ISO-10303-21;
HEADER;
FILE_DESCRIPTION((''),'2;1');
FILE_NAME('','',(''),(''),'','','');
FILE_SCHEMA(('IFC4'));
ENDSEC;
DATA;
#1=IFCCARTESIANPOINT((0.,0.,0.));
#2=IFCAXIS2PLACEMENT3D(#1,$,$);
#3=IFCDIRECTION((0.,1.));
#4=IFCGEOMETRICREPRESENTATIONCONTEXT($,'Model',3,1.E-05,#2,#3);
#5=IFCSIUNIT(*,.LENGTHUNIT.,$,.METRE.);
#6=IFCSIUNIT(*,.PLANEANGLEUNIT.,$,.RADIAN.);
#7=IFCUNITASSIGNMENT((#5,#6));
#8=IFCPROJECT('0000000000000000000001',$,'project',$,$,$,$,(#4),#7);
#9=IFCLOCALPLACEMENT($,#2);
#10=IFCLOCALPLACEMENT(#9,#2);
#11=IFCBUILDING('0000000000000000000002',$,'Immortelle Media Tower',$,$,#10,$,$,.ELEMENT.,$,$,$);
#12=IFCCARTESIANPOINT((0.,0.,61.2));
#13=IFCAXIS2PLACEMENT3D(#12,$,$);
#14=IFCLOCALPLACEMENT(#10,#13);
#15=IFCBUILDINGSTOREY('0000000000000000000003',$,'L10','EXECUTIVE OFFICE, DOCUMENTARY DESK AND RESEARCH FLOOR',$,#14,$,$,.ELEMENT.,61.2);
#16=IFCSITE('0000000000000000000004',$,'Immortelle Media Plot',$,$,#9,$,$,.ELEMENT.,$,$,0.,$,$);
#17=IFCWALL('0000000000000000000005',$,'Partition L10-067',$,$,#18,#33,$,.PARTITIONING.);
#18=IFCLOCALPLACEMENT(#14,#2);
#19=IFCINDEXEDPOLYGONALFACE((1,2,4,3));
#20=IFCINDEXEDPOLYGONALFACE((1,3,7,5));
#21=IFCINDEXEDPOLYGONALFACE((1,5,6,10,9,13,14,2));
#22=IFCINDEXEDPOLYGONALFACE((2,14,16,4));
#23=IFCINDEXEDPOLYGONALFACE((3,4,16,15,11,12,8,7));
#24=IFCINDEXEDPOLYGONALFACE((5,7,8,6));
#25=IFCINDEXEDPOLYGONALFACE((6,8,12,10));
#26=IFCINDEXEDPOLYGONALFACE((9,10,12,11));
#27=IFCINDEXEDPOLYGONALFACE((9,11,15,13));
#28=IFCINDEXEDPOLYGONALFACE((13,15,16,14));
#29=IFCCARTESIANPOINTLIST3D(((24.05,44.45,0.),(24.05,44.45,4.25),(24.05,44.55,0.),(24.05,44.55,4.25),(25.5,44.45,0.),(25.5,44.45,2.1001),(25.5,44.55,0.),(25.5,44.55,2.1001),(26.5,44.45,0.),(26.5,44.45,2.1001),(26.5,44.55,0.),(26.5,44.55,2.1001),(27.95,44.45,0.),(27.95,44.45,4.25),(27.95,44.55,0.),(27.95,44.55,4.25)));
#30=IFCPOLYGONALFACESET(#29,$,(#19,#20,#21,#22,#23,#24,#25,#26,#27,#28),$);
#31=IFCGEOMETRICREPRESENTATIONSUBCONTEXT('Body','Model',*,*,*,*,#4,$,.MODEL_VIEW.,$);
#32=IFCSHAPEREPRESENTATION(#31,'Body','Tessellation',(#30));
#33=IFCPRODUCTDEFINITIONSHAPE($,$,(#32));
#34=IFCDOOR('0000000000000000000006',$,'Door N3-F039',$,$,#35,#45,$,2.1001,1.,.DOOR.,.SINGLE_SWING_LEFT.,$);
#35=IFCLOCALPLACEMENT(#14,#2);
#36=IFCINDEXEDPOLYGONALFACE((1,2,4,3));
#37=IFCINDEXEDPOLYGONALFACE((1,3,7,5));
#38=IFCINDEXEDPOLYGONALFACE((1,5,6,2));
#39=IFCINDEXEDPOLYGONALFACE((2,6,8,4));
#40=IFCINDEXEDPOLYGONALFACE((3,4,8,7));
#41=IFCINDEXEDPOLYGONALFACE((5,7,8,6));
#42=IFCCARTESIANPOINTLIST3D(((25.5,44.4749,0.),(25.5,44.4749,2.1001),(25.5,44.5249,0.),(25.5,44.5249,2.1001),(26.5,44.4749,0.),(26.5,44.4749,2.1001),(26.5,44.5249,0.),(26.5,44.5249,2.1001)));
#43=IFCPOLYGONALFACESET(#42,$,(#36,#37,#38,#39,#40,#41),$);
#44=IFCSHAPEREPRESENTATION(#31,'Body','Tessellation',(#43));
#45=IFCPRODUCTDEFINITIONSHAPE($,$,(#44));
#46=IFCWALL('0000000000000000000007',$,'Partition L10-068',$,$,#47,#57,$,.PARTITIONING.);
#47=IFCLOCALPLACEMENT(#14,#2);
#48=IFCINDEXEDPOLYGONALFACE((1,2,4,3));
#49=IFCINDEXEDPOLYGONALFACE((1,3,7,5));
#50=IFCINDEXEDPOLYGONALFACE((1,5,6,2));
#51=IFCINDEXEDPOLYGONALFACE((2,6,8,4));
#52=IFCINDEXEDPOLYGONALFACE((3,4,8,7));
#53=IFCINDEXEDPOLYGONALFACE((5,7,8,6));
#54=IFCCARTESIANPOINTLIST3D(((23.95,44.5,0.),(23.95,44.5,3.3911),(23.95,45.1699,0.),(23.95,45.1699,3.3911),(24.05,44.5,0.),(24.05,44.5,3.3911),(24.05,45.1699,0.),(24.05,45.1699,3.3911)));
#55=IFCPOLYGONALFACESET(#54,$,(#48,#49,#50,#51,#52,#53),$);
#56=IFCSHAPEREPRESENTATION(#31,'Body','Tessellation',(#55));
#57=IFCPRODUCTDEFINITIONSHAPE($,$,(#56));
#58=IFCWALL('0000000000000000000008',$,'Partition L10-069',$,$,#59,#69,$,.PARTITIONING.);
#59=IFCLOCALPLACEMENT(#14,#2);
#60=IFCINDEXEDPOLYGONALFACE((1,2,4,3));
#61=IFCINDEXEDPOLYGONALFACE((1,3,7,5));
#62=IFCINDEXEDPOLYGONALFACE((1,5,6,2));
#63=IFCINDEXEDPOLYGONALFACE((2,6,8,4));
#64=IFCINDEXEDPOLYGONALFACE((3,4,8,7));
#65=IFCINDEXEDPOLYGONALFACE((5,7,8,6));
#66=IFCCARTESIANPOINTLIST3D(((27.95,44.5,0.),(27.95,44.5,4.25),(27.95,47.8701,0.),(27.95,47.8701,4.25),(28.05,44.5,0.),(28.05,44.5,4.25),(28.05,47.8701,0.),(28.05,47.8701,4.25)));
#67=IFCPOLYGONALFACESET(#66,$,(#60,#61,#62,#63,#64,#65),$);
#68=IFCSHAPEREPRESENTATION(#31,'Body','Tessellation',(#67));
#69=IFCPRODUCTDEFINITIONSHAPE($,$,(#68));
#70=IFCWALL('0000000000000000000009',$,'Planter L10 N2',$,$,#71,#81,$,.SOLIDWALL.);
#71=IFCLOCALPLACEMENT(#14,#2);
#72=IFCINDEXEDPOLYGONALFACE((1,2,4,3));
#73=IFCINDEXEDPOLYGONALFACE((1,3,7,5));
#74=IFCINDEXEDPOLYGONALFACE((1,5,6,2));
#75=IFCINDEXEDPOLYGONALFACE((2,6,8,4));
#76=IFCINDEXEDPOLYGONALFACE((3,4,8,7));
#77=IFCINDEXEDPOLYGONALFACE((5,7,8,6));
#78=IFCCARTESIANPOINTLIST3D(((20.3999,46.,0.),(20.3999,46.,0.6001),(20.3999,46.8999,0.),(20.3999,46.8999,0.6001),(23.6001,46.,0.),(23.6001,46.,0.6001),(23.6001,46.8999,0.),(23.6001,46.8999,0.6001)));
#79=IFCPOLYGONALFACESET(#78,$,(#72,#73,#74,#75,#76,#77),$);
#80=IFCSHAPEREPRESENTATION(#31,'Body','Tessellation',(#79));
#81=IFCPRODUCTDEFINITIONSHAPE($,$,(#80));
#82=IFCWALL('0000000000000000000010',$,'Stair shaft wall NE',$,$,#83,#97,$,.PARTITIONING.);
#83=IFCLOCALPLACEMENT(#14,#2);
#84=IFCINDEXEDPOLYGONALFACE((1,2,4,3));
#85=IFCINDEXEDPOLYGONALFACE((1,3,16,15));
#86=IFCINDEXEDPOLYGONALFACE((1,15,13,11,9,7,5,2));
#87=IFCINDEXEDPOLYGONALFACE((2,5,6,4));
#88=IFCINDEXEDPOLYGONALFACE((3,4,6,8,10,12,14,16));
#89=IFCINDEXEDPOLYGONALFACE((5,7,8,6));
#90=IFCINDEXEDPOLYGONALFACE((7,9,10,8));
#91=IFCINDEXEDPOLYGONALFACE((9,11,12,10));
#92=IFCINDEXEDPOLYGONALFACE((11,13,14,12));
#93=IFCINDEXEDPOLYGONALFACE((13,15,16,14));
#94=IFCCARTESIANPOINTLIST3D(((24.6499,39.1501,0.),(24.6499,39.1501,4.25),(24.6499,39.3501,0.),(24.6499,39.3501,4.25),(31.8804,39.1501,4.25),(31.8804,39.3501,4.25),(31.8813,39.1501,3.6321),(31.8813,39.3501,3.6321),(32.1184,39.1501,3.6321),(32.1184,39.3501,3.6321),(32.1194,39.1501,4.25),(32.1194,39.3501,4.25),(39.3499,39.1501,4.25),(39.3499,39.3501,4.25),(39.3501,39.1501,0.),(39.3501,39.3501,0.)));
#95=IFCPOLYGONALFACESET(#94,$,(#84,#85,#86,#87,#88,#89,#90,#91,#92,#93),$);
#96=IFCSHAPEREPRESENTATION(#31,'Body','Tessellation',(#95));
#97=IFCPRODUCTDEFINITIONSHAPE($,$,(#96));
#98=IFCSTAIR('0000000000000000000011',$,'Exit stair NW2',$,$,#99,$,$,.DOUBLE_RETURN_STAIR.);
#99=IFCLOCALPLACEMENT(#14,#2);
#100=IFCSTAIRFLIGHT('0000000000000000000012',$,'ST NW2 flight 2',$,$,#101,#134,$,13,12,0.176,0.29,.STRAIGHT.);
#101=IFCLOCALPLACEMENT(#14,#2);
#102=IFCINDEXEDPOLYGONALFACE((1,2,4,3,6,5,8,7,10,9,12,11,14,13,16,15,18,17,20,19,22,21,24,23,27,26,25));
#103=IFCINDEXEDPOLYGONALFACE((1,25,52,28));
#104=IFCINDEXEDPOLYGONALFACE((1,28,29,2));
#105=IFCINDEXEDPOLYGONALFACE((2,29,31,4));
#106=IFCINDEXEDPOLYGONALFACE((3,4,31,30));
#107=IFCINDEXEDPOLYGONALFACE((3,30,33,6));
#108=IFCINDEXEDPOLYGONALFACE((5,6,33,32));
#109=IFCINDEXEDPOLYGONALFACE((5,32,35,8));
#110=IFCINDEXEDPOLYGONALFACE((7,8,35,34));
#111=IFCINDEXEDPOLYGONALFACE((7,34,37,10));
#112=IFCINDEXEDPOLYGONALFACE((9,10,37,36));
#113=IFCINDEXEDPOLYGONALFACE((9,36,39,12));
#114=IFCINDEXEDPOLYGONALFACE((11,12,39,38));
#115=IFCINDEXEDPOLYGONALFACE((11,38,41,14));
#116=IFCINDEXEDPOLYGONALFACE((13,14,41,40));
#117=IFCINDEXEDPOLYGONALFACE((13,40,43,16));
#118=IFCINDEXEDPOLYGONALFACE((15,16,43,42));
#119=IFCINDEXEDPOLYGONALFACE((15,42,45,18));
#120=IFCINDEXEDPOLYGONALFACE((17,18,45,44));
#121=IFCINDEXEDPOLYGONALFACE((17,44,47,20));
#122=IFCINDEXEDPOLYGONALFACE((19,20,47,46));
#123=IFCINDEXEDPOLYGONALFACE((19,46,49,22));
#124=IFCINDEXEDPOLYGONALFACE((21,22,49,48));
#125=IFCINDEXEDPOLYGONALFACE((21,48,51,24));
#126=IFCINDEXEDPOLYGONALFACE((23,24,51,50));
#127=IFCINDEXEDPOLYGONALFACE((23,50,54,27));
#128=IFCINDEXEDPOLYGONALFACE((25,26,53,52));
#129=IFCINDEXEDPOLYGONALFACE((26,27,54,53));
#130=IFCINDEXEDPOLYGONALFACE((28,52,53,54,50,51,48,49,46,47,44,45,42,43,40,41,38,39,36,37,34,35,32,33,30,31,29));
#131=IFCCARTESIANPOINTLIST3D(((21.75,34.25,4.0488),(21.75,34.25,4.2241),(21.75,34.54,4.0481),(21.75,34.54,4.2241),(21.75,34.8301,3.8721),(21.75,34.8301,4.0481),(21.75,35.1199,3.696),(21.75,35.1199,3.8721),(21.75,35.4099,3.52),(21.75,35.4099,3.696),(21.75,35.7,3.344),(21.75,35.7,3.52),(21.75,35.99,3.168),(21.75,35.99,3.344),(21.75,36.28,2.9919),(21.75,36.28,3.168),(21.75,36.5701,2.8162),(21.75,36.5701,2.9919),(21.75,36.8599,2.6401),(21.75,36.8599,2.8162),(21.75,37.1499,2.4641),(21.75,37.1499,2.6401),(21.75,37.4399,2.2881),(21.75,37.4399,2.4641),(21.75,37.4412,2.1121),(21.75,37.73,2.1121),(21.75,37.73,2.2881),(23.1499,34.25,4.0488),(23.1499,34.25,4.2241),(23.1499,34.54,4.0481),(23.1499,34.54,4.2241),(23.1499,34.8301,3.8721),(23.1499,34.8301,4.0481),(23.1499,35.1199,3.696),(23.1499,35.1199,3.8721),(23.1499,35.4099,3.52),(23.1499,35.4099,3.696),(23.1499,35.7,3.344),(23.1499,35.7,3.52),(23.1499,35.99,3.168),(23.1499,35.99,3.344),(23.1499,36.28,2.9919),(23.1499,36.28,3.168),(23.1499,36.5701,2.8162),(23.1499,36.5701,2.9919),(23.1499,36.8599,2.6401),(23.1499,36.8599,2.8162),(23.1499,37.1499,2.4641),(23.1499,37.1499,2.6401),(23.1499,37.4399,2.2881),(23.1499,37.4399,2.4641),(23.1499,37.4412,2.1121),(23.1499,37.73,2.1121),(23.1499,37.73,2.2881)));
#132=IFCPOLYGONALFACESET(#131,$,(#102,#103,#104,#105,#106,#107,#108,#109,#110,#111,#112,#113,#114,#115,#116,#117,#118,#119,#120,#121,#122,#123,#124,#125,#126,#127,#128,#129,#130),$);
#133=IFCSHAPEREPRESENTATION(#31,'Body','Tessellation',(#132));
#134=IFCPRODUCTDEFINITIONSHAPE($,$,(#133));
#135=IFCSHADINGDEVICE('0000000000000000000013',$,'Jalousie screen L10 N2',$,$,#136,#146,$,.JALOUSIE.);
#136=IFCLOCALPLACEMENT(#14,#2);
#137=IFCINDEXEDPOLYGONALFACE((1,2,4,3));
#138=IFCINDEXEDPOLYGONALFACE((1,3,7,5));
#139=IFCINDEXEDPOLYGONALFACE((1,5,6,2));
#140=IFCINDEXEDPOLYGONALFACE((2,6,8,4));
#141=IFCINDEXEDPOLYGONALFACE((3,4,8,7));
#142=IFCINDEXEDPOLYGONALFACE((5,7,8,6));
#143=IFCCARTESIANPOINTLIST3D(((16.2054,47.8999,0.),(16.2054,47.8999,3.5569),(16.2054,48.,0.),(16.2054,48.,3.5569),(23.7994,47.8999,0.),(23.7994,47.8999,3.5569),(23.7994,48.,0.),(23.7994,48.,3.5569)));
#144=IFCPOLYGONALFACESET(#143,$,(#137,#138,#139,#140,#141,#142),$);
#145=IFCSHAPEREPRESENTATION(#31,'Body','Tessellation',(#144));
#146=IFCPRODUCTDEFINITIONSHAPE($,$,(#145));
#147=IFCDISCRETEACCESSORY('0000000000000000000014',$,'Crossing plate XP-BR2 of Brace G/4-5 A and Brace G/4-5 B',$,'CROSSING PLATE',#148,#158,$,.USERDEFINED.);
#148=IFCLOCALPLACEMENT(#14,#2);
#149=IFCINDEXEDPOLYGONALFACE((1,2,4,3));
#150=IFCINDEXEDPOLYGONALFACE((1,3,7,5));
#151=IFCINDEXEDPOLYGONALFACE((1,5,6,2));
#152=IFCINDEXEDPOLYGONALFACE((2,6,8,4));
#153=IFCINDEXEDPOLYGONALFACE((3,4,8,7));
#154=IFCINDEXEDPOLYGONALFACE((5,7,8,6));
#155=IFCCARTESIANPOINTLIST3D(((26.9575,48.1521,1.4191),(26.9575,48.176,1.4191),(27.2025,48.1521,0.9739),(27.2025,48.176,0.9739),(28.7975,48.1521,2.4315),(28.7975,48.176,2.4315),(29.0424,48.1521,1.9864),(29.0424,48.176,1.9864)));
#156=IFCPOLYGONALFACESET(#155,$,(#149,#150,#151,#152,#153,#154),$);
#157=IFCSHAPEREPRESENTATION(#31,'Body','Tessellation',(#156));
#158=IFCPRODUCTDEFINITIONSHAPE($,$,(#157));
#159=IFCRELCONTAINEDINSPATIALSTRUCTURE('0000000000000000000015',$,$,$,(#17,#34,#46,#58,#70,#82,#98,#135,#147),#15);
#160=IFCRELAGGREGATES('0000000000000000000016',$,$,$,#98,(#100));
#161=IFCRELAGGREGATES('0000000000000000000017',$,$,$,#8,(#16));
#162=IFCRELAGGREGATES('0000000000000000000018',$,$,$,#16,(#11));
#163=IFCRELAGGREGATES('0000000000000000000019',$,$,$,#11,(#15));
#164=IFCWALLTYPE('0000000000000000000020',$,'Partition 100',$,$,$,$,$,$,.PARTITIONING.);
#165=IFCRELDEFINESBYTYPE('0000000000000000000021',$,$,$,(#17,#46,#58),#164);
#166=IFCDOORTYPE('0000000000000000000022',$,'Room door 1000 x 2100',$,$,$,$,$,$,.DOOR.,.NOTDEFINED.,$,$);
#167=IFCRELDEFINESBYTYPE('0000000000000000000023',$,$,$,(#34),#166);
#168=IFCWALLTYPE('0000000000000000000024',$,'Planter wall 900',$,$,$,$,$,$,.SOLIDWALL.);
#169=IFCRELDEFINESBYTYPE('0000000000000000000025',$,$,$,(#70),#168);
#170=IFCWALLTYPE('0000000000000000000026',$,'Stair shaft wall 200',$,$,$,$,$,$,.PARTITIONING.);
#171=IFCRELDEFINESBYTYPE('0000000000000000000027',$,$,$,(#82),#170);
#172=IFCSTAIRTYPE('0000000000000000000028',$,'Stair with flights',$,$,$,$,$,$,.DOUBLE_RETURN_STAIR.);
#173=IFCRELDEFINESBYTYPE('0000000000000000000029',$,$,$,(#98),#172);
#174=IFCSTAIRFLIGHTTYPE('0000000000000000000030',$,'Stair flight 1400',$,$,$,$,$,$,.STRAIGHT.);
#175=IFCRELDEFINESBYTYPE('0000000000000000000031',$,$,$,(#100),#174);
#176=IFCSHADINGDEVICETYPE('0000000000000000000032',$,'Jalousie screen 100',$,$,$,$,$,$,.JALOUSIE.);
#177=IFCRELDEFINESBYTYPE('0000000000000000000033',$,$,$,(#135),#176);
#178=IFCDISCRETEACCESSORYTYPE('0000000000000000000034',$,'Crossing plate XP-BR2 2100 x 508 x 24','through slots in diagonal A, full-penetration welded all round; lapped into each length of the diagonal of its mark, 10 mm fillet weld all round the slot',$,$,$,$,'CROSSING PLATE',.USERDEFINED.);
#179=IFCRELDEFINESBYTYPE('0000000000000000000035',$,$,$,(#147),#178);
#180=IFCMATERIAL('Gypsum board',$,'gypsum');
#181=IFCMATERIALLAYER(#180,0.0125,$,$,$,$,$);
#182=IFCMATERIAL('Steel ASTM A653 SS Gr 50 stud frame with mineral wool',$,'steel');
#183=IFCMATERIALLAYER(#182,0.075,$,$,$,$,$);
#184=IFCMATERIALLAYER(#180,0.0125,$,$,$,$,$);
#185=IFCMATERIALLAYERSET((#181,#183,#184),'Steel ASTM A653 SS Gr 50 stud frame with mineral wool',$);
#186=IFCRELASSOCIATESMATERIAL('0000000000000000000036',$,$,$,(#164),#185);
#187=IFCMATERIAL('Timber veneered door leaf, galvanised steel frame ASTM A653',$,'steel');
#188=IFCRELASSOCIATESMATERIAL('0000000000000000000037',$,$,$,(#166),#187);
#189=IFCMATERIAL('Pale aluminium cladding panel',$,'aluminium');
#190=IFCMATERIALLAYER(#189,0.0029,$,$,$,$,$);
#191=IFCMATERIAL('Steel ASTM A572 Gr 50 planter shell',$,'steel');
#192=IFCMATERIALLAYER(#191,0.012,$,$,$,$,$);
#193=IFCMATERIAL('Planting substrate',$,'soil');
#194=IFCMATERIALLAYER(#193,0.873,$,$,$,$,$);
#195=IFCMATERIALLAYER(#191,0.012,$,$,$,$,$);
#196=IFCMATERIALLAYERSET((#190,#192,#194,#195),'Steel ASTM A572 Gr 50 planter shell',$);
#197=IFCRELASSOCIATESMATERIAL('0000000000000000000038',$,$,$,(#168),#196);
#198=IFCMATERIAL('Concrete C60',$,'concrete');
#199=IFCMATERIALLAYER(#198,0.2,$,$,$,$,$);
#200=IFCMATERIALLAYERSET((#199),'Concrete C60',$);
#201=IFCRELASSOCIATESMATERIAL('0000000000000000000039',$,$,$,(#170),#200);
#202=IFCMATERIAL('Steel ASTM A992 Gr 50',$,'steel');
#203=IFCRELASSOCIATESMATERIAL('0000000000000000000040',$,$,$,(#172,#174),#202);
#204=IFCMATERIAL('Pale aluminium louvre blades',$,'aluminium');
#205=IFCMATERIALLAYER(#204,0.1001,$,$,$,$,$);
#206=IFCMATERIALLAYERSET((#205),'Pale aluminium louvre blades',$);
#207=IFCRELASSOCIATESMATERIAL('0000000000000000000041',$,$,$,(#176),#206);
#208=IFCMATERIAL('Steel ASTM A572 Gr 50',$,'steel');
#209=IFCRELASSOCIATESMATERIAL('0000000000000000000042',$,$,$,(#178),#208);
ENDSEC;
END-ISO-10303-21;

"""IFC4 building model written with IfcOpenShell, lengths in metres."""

from ifc_helpers import new_model, si_unit, direction, frame, frame_2d, origin, origin_2d, place, context, subcontext, project, spatial, polyline, rectangle, outline, extrude, material, layer, layer_set, material_profile, profile_set, type_object, element, fill, aggregate, save


model = new_model("IFC4")

# Units and contexts
model_context = context("Model", 3, precision=1e-05, world=origin(), true_north=direction((0.0, 1.0)))
body_context = subcontext(model_context, "Body", "Model", "MODEL_VIEW")
ifc_project = project(units=[si_unit("LENGTHUNIT", "METRE"), si_unit("PLANEANGLEUNIT", "RADIAN")], contexts=[model_context])

# Site, building, storey
site_placement = place(None, origin())
site = spatial("IfcSite", under=ifc_project, at=site_placement, Name="Immortelle Media Plot", CompositionType="ELEMENT", RefElevation=0.0)
building_placement = place(site_placement, origin())
building = spatial("IfcBuilding", under=site, at=building_placement, Name="Immortelle Media Tower", CompositionType="ELEMENT")
storey_placement = place(building_placement, frame((0.0, 0.0, 61.2)))
storey = spatial("IfcBuildingStorey", under=building, at=storey_placement, Name="L10", Description="EXECUTIVE OFFICE, DOCUMENTARY DESK AND RESEARCH FLOOR", CompositionType="ELEMENT", Elevation=61.2)

# Shared definitions
ifc_material_1 = material(Name="Steel ASTM A992 Gr 50", Category="steel")

# Shared definitions
ifc_material_2 = material(Name="Pale aluminium cladding panel", Category="aluminium")
ifc_material_3 = material(Name="Steel ASTM A653 SS Gr 50 stud frame with mineral wool", Category="steel")

# Shared definitions
ifc_material_4 = material(Name="Gypsum board", Category="gypsum")
ifc_layer_1 = layer(ifc_material_4, 0.0125)
ifc_layer_2 = layer(ifc_material_3, 0.075)
ifc_layer_3 = layer(ifc_material_4, 0.0125)
ifc_layer_set_1 = layer_set([ifc_layer_1, ifc_layer_2, ifc_layer_3], Name="Steel ASTM A653 SS Gr 50 stud frame with mineral wool")
wall_type_1 = type_object("IfcWallType", Name="Partition 100", PredefinedType="PARTITIONING", material=ifc_layer_set_1)

# Wall, opening, door
wall_1_placement = place(storey_placement, frame((24.05, 44.5, 0.0), z_axis=(0.0, 0.0, 1.0), x_axis=(1.0, 0.0, 0.0)))
wall_1 = element("IfcWall", 1, at=wall_1_placement, inside=storey, type_object=wall_type_1, Name="Partition L10-067", PredefinedType="PARTITIONING", context=body_context, shape_type="SweptSolid", body=[
    extrude(rectangle(XDim=3.8999, YDim=0.1001, at=frame_2d((1.95, 0.0))), origin(), (0.0, 0.0, 1.0), 4.25),
])
opening_1_placement = place(wall_1_placement, frame((1.45, 0.0, 0.0)))
opening_1 = element("IfcOpeningElement", 2, at=opening_1_placement, cuts=wall_1, PredefinedType="OPENING", context=body_context, shape_type="SweptSolid", body=[
    extrude(rectangle(XDim=1.0, YDim=2.1001, at=frame_2d((0.5, 1.05))), frame((0.0, 0.0601, 0.0), z_axis=(0.0, -1.0, 0.0), x_axis=(1.0, 0.0, 0.0)), (0.0, 0.0, 1.0), 0.1201),
])
ifc_material_5 = material(Name="Timber veneered door leaf, galvanised steel frame ASTM A653", Category="steel")
door_type_1 = type_object("IfcDoorType", Name="Room door 1000 x 2100", OperationType="NOTDEFINED", PredefinedType="DOOR", material=ifc_material_5)
door_1_placement = place(opening_1_placement, origin())
door_1 = element("IfcDoor", 3, at=door_1_placement, inside=storey, type_object=door_type_1, Name="Door N3-F039", OperationType="SINGLE_SWING_LEFT", OverallHeight=2.1001, OverallWidth=1.0, PredefinedType="DOOR", context=body_context, shape_type="SweptSolid", body=[
    extrude(rectangle(XDim=1.0, YDim=2.1001, at=frame_2d((0.5, 1.05))), frame((0.0, 0.0249, 0.0), z_axis=(0.0, -1.0, 0.0), x_axis=(1.0, 0.0, 0.0)), (0.0, 0.0, 1.0), 0.05),
])
fill(opening_1, door_1)

# Walls
wall_2_placement = place(storey_placement, frame((24.0, 44.5, 0.0), z_axis=(0.0, 0.0, 1.0), x_axis=(0.0, 1.0, 0.0)))
element("IfcWall", 4, at=wall_2_placement, inside=storey, type_object=wall_type_1, Name="Partition L10-068", PredefinedType="PARTITIONING", context=body_context, shape_type="SweptSolid", body=[
    extrude(rectangle(XDim=0.6699, YDim=0.1001, at=frame_2d((0.335, 0.0))), origin(), (0.0, 0.0, 1.0), 3.3911),
])
wall_3_placement = place(storey_placement, frame((28.0, 44.5, 0.0), z_axis=(0.0, 0.0, 1.0), x_axis=(0.0, 1.0, 0.0)))
element("IfcWall", 5, at=wall_3_placement, inside=storey, type_object=wall_type_1, Name="Partition L10-069", PredefinedType="PARTITIONING", context=body_context, shape_type="SweptSolid", body=[
    extrude(rectangle(XDim=3.3701, YDim=0.1001, at=frame_2d((1.6851, 0.0))), origin(), (0.0, 0.0, 1.0), 4.25),
])
ifc_layer_4 = layer(ifc_material_2, 0.0029)
ifc_material_6 = material(Name="Steel ASTM A572 Gr 50 planter shell", Category="steel")
ifc_layer_5 = layer(ifc_material_6, 0.012)
ifc_material_7 = material(Name="Planting substrate", Category="soil")
ifc_layer_6 = layer(ifc_material_7, 0.873)
ifc_layer_7 = layer(ifc_material_6, 0.012)
ifc_layer_set_2 = layer_set([ifc_layer_4, ifc_layer_5, ifc_layer_6, ifc_layer_7], Name="Steel ASTM A572 Gr 50 planter shell")
wall_type_2 = type_object("IfcWallType", Name="Planter wall 900", PredefinedType="SOLIDWALL", material=ifc_layer_set_2)
wall_4_placement = place(storey_placement, frame((23.6001, 46.45, 0.0), z_axis=(0.0, 0.0, 1.0), x_axis=(-1.0, 0.0, 0.0)))
element("IfcWall", 6, at=wall_4_placement, inside=storey, type_object=wall_type_2, Name="Planter L10 N2", PredefinedType="SOLIDWALL", context=body_context, shape_type="SweptSolid", body=[
    extrude(rectangle(XDim=3.2002, YDim=0.8999, at=frame_2d((1.6001, 0.0))), origin(), (0.0, 0.0, 1.0), 0.6001),
])
ifc_material_8 = material(Name="Concrete C60", Category="concrete")
ifc_layer_8 = layer(ifc_material_8, 0.2)
ifc_layer_set_3 = layer_set([ifc_layer_8], Name="Concrete C60")
wall_type_3 = type_object("IfcWallType", Name="Stair shaft wall 200", PredefinedType="PARTITIONING", material=ifc_layer_set_3)
wall_5_placement = place(storey_placement, frame((24.6499, 39.25, 0.0), z_axis=(0.0, 0.0, 1.0), x_axis=(1.0, 0.0, 0.0)))
element("IfcWall", 7, at=wall_5_placement, inside=storey, type_object=wall_type_3, Name="Stair shaft wall NE", PredefinedType="PARTITIONING", context=body_context, shape_type="SweptSolid", body=[
    extrude(outline(polyline([(0.0, 0.0), (14.7002, 0.0), (14.7, 4.25), (7.4695, 4.25), (7.4685, 3.6321), (7.2314, 3.6321), (7.2305, 4.25), (0.0, 4.25), (0.0, 0.0)])), frame((0.0, 0.1001, 0.0), z_axis=(0.0, -1.0, 0.0), x_axis=(1.0, 0.0, 0.0)), (0.0, 0.0, 1.0), 0.2),
])

# Stair, stair flight
stair_type = type_object("IfcStairType", Name="Stair with flights", PredefinedType="DOUBLE_RETURN_STAIR", material=ifc_material_1)
stair_placement = place(storey_placement, origin())
stair = element("IfcStair", 8, at=stair_placement, inside=storey, type_object=stair_type, Name="Exit stair NW2", PredefinedType="DOUBLE_RETURN_STAIR")
stair_flight_type = type_object("IfcStairFlightType", Name="Stair flight 1400", PredefinedType="STRAIGHT", material=ifc_material_1)
stair_flight_placement = place(storey_placement, frame((22.45, 37.73, 2.1121), z_axis=(0.0, 0.0, 1.0), x_axis=(0.0, -1.0, 0.0)))
stair_flight = element("IfcStairFlight", 9, at=stair_flight_placement, type_object=stair_flight_type, Name="ST NW2 flight 2", NumberOfRisers=13, NumberOfTreads=12, PredefinedType="STRAIGHT", RiserHeight=0.176, TreadLength=0.29, context=body_context, shape_type="SweptSolid", body=[
    extrude(outline(polyline([(0.0, 0.0), (0.0, 0.176), (0.29, 0.176), (0.29, 0.3521), (0.5801, 0.3521), (0.5801, 0.5281), (0.8701, 0.5281), (0.8701, 0.7041), (1.1599, 0.7041), (1.1599, 0.8799), (1.45, 0.8799), (1.45, 1.0559), (1.74, 1.0559), (1.74, 1.2319), (2.03, 1.2319), (2.03, 1.408), (2.3201, 1.408), (2.3201, 1.584), (2.6101, 1.584), (2.6101, 1.76), (2.8999, 1.76), (2.8999, 1.936), (3.1899, 1.936), (3.1899, 2.1121), (3.48, 2.1121), (3.48, 2.2881), (3.48, 1.9368), (0.2888, 0.0), (0.0, 0.0)])), frame((0.0, 0.7, 0.0), z_axis=(0.0, -1.0, 0.0), x_axis=(1.0, 0.0, 0.0)), (0.0, 0.0, 1.0), 1.3999),
])
aggregate(stair, [stair_flight])

# Shading device
ifc_material_9 = material(Name="Pale aluminium louvre blades", Category="aluminium")
ifc_layer_9 = layer(ifc_material_9, 0.1001)
ifc_layer_set_4 = layer_set([ifc_layer_9], Name="Pale aluminium louvre blades")
shading_device_type = type_object("IfcShadingDeviceType", Name="Jalousie screen 100", PredefinedType="JALOUSIE", material=ifc_layer_set_4)
shading_device_placement = place(storey_placement, frame((20.0024, 47.95, 0.0), z_axis=(0.0, 0.0, 1.0), x_axis=(-1.0, 0.0, 0.0)))
element("IfcShadingDevice", 10, at=shading_device_placement, inside=storey, type_object=shading_device_type, Name="Jalousie screen L10 N2", PredefinedType="JALOUSIE", context=body_context, shape_type="SweptSolid", body=[
    extrude(rectangle(XDim=7.594, YDim=0.1001, at=origin_2d()), origin(), (0.0, 0.0, 1.0), 3.5569),
])

# Discrete accessory
ifc_material_10 = material(Name="Steel ASTM A572 Gr 50", Category="steel")
ifc_material_profile_1 = material_profile(ifc_material_10, rectangle(XDim=0.0239, YDim=0.5081, at=origin_2d()), Name="PL 24 x 508")
ifc_profile_set_1 = profile_set([ifc_material_profile_1], Name="Steel ASTM A572 Gr 50")
discrete_accessory_type_1 = type_object("IfcDiscreteAccessoryType", Name="Crossing plate XP-BR2 2100 x 508 x 24", Description="through slots in diagonal A, full-penetration welded all round; lapped into each length of the diagonal of its mark, 10 mm fillet weld all round the slot", ElementType="CROSSING PLATE", PredefinedType="USERDEFINED", material=ifc_profile_set_1)
discrete_accessory_placement = place(storey_placement, frame((28.9199, 48.1641, 2.209), z_axis=(-0.876108, 0.0, -0.482115), x_axis=(0.0, -1.0, 0.0)))
element("IfcDiscreteAccessory", 11, at=discrete_accessory_placement, inside=storey, type_object=discrete_accessory_type_1, Name="Crossing plate XP-BR2 of Brace G/4-5 A and Brace G/4-5 B", ObjectType="CROSSING PLATE", PredefinedType="USERDEFINED", context=body_context, shape_type="SweptSolid", body=[
    extrude(rectangle(XDim=0.0239, YDim=0.5081, at=origin_2d()), origin(), (0.0, 0.0, 1.0), 2.1001),
])

save(model, "model.ifc")
